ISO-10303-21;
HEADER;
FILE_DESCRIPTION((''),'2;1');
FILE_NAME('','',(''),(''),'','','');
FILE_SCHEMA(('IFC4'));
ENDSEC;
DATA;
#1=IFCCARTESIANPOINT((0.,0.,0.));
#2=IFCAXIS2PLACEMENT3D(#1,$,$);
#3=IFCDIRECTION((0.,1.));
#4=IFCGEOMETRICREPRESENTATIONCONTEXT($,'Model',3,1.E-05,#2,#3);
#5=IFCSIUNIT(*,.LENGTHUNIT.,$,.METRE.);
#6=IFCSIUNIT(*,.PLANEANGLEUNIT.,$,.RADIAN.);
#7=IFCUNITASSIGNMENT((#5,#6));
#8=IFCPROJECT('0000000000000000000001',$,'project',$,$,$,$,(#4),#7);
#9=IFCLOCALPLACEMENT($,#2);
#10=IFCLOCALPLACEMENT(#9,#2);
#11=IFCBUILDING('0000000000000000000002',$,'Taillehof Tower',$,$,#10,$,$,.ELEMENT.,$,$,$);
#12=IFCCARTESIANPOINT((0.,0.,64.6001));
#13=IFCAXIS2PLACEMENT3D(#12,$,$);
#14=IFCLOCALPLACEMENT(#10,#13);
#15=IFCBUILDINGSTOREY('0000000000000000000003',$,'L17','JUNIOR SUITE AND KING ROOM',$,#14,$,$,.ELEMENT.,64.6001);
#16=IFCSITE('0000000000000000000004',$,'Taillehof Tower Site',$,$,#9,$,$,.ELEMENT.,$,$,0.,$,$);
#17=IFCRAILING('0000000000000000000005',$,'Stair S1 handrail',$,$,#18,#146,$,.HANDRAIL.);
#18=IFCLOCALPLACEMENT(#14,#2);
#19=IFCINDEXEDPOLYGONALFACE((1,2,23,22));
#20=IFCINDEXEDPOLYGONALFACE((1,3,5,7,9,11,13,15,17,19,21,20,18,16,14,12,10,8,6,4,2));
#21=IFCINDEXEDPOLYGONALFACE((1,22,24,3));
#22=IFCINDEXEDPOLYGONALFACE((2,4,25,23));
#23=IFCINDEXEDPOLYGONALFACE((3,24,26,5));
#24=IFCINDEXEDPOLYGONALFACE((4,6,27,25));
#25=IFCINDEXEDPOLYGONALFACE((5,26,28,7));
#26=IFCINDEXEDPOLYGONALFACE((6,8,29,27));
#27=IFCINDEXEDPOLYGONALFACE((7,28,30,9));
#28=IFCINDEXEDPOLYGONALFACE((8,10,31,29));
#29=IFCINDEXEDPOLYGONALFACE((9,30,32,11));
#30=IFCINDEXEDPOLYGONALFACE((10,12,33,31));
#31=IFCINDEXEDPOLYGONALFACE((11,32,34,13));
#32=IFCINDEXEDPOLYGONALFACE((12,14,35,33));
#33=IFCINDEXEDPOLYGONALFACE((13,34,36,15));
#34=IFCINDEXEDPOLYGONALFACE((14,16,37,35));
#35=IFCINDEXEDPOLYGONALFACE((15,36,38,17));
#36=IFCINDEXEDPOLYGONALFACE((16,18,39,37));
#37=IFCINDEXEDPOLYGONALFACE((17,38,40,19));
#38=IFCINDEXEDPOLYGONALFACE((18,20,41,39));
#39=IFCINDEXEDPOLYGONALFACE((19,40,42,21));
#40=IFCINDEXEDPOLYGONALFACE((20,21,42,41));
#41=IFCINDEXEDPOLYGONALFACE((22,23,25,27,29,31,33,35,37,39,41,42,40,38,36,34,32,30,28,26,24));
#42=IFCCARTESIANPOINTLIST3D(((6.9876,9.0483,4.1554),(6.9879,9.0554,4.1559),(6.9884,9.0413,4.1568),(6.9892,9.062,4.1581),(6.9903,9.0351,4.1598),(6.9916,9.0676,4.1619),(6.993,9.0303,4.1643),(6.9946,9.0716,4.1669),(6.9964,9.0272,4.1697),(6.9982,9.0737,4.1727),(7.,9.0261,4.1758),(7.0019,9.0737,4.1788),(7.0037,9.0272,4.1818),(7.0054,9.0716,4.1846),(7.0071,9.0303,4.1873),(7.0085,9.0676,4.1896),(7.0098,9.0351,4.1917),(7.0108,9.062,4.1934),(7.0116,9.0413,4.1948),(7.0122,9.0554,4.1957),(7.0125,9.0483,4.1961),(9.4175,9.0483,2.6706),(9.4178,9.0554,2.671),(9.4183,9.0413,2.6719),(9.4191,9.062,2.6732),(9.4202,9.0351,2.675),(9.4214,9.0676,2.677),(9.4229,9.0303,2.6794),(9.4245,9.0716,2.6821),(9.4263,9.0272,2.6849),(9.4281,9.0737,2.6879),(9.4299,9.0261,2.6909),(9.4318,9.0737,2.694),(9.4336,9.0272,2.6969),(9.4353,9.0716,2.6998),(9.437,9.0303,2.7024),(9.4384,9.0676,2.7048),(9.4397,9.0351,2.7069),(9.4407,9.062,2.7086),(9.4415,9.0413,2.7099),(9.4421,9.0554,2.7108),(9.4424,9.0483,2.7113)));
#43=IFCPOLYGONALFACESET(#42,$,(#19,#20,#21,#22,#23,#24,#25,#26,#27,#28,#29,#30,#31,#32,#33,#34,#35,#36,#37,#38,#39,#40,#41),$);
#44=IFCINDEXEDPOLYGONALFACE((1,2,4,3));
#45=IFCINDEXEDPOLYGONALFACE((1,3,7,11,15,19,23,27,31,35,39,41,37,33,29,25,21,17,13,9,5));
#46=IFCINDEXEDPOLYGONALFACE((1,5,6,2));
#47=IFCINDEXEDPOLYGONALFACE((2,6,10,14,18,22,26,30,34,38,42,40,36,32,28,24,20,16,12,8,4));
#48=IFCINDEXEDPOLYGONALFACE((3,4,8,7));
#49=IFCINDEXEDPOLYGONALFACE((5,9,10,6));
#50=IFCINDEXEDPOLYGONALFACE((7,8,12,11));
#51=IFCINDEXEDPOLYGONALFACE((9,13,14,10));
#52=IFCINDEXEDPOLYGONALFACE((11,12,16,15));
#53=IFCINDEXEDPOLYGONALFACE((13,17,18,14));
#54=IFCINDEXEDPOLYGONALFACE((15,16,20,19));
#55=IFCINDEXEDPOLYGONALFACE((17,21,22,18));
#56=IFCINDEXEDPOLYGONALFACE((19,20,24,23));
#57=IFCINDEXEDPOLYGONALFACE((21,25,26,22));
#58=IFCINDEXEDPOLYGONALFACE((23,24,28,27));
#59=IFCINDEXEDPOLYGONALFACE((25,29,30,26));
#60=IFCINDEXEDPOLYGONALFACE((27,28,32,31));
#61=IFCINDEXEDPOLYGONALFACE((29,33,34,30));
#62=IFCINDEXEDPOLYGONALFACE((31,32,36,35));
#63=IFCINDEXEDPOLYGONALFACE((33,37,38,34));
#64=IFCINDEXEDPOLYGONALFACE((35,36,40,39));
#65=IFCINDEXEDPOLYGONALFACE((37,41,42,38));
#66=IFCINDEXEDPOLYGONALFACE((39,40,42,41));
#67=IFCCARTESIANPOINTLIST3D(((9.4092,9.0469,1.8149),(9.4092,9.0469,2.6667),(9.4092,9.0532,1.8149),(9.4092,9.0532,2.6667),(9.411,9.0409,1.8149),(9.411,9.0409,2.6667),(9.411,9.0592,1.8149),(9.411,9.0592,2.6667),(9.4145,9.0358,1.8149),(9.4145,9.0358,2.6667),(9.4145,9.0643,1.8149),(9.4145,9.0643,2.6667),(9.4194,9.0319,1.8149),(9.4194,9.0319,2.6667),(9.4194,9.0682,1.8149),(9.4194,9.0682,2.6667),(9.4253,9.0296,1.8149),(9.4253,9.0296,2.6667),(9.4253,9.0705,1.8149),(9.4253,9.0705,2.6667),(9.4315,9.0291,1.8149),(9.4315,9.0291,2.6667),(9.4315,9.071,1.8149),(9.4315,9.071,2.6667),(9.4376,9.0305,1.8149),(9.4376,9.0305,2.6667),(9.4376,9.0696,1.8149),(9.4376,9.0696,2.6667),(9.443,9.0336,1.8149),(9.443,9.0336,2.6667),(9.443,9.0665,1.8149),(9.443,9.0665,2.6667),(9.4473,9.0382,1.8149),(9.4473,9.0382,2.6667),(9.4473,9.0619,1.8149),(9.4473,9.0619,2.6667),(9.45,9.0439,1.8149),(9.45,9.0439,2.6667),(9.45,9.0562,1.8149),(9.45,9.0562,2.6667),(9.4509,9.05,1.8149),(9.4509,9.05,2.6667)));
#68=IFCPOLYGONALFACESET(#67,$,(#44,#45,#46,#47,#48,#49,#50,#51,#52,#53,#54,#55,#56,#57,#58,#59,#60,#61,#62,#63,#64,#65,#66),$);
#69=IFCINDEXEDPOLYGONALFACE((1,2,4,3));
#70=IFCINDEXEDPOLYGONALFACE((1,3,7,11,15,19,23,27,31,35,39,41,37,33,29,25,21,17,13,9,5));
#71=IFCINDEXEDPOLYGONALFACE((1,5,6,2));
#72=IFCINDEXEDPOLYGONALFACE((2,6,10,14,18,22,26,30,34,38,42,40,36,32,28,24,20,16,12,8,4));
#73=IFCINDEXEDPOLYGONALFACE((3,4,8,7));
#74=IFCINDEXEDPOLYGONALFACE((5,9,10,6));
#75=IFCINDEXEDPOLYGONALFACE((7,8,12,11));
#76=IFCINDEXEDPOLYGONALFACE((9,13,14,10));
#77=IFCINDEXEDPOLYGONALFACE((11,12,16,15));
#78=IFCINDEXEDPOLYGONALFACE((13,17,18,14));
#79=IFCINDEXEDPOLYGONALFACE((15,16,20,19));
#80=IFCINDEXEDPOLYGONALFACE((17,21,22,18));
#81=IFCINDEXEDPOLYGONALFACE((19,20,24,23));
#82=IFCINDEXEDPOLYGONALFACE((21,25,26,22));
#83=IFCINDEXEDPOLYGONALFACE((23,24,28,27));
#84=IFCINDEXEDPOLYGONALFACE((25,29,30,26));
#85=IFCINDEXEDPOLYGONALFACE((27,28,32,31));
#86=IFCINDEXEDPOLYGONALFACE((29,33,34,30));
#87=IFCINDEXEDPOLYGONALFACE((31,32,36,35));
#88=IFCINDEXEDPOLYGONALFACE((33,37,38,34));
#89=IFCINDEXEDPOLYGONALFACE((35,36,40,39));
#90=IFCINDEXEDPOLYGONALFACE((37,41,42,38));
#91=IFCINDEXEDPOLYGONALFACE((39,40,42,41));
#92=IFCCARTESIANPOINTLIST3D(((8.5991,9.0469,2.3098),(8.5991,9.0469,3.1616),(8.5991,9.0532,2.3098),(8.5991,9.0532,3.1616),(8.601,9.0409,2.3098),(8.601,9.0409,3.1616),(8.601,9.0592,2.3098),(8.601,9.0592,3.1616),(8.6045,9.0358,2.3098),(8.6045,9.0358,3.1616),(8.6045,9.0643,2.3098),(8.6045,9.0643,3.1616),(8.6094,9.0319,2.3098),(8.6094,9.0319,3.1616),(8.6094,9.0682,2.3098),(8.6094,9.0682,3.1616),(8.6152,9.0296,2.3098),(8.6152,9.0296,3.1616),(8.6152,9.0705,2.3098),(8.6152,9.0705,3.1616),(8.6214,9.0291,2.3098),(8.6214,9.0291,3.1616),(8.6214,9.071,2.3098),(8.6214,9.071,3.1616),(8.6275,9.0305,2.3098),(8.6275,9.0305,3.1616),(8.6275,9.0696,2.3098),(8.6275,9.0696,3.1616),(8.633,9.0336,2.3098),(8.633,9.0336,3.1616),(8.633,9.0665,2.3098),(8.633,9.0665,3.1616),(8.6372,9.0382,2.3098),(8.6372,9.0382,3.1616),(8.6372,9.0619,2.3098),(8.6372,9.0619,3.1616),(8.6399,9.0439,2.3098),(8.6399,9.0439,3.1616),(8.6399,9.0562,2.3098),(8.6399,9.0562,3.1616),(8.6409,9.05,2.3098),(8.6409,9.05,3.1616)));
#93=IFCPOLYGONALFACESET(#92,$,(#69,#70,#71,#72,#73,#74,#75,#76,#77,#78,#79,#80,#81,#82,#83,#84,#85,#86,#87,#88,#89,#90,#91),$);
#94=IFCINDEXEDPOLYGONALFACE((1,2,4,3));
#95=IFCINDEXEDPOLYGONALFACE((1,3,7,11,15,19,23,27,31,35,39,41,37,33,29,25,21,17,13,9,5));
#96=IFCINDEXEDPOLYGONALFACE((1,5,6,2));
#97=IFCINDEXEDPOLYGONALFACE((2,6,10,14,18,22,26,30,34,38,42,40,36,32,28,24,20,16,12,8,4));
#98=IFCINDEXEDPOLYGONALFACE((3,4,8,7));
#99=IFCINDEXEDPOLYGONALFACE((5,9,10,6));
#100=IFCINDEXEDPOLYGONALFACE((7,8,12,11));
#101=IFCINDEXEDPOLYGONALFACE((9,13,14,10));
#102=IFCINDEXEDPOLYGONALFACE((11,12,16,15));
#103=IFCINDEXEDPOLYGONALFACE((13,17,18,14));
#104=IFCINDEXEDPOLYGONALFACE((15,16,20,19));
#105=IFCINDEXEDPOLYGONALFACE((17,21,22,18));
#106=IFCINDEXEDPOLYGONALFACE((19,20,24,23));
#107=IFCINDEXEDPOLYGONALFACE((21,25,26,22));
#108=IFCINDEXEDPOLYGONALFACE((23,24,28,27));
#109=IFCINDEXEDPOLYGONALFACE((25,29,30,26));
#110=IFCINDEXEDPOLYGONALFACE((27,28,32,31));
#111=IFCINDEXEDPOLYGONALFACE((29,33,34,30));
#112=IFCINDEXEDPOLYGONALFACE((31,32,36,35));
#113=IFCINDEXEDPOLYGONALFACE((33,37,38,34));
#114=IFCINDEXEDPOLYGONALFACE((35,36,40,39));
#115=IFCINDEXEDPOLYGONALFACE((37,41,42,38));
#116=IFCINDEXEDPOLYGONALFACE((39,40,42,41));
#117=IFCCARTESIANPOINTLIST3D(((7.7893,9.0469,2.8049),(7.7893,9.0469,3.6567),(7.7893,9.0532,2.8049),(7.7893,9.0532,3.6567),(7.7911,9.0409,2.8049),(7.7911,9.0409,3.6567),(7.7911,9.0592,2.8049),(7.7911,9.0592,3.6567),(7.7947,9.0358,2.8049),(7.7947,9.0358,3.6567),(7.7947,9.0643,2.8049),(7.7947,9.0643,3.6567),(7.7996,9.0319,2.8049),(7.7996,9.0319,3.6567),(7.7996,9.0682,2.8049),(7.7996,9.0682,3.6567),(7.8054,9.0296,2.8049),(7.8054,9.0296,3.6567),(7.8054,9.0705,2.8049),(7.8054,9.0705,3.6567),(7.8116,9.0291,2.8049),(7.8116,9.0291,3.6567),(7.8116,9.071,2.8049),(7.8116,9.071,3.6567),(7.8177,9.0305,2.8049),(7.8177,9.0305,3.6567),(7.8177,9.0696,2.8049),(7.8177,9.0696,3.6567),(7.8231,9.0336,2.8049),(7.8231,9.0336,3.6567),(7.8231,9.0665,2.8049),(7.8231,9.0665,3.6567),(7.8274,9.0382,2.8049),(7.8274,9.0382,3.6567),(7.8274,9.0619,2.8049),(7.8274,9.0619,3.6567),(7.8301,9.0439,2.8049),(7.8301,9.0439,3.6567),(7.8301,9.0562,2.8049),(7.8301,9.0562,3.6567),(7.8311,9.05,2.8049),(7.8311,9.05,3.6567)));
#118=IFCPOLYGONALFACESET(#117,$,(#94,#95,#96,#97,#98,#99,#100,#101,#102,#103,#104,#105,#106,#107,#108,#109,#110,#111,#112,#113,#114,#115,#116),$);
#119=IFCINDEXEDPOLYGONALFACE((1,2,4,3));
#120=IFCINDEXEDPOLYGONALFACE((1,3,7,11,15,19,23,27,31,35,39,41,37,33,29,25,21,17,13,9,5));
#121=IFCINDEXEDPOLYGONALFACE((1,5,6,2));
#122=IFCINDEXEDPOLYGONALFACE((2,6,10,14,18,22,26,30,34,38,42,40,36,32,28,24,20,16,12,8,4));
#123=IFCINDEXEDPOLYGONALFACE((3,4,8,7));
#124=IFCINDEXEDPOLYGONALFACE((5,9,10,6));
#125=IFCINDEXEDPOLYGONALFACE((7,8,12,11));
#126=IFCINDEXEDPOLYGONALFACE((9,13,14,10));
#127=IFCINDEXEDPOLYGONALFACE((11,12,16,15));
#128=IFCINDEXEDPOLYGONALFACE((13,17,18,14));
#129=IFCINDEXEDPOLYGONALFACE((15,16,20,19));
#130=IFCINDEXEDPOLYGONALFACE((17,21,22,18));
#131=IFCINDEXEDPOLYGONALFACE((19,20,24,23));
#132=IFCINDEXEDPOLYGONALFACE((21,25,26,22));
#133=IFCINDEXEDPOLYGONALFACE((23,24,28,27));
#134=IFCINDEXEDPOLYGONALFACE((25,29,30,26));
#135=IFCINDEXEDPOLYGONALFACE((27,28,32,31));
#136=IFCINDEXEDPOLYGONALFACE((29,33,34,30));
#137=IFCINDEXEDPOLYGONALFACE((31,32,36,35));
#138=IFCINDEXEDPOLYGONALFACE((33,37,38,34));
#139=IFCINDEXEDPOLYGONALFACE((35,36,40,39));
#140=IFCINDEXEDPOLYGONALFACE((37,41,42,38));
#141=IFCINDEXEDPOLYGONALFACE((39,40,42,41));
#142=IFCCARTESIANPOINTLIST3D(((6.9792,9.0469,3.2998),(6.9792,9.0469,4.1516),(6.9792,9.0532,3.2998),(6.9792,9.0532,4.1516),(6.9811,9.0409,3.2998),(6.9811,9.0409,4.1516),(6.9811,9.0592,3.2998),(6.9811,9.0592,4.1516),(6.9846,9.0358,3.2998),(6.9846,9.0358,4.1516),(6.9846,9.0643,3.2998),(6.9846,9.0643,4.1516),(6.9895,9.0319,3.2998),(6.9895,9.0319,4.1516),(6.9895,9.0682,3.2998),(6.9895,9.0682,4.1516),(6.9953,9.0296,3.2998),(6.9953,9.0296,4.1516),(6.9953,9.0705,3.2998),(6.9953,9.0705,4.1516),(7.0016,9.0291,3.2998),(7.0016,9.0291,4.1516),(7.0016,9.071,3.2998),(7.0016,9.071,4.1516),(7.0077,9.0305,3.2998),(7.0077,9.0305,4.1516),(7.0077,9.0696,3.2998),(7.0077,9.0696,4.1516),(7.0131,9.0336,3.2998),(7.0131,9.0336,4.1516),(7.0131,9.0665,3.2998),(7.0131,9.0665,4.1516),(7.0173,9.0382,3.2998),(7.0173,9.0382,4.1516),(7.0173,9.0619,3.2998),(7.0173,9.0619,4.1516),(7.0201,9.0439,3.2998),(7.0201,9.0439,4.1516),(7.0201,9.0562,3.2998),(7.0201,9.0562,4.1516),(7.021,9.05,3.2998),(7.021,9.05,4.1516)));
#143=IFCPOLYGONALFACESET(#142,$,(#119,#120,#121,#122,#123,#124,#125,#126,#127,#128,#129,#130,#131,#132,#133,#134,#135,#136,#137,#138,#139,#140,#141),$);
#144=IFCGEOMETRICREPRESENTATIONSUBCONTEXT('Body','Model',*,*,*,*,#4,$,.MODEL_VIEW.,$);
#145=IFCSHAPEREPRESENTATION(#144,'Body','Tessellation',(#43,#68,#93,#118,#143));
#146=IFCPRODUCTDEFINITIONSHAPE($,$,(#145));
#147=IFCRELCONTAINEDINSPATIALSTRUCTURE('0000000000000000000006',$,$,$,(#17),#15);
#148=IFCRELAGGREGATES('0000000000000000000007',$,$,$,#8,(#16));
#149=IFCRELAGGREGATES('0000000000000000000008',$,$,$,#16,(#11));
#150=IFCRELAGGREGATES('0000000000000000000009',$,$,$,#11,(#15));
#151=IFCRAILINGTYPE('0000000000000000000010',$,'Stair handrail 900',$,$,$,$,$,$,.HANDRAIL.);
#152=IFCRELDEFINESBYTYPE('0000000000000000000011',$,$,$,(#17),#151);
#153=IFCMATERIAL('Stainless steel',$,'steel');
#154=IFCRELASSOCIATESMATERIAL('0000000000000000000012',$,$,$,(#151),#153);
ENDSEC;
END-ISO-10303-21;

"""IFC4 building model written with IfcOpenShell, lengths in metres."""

from ifc_helpers import new_model, si_unit, direction, frame, origin, origin_2d, place, context, subcontext, project, spatial, circle, extrude, material, type_object, element, save


model = new_model("IFC4")

# Units and contexts
model_context = context("Model", 3, precision=1e-05, world=origin(), true_north=direction((0.0, 1.0)))
body_context = subcontext(model_context, "Body", "Model", "MODEL_VIEW")
ifc_project = project(units=[si_unit("LENGTHUNIT", "METRE"), si_unit("PLANEANGLEUNIT", "RADIAN")], contexts=[model_context])

# Site, building, storey
site_placement = place(None, origin())
site = spatial("IfcSite", under=ifc_project, at=site_placement, Name="Taillehof Tower Site", CompositionType="ELEMENT", RefElevation=0.0)
building_placement = place(site_placement, origin())
building = spatial("IfcBuilding", under=site, at=building_placement, Name="Taillehof Tower", CompositionType="ELEMENT")
storey_placement = place(building_placement, frame((0.0, 0.0, 64.6001)))
storey = spatial("IfcBuildingStorey", under=building, at=storey_placement, Name="L17", Description="JUNIOR SUITE AND KING ROOM", CompositionType="ELEMENT", Elevation=64.6001)

# Railing
ifc_material_1 = material(Name="Stainless steel", Category="steel")
railing_type = type_object("IfcRailingType", Name="Stair handrail 900", PredefinedType="HANDRAIL", material=ifc_material_1)
railing_1_placement = place(storey_placement, frame((9.4299, 9.05, 1.8149)))
element("IfcRailing", 1, at=railing_1_placement, inside=storey, type_object=railing_type, Name="Stair S1 handrail", PredefinedType="HANDRAIL", context=body_context, shape_type="SweptSolid", body=[
    extrude(circle(Radius=0.0239, at=origin_2d()), frame((0.0, 0.0, 0.876), z_axis=(-0.853297, 0.0, 0.521426), x_axis=(0.0, -1.0, 0.0)), (0.0, 0.0, 1.0), 2.8477),
    extrude(circle(Radius=0.021, at=origin_2d()), origin(), (0.0, 0.0, 1.0), 0.8518),
    extrude(circle(Radius=0.021, at=origin_2d()), frame((-0.8101, 0.0, 0.4949)), (0.0, 0.0, 1.0), 0.8518),
    extrude(circle(Radius=0.021, at=origin_2d()), frame((-1.6199, 0.0, 0.99)), (0.0, 0.0, 1.0), 0.8518),
    extrude(circle(Radius=0.021, at=origin_2d()), frame((-2.4299, 0.0, 1.4849)), (0.0, 0.0, 1.0), 0.8518),
])

save(model, "model.ifc")
